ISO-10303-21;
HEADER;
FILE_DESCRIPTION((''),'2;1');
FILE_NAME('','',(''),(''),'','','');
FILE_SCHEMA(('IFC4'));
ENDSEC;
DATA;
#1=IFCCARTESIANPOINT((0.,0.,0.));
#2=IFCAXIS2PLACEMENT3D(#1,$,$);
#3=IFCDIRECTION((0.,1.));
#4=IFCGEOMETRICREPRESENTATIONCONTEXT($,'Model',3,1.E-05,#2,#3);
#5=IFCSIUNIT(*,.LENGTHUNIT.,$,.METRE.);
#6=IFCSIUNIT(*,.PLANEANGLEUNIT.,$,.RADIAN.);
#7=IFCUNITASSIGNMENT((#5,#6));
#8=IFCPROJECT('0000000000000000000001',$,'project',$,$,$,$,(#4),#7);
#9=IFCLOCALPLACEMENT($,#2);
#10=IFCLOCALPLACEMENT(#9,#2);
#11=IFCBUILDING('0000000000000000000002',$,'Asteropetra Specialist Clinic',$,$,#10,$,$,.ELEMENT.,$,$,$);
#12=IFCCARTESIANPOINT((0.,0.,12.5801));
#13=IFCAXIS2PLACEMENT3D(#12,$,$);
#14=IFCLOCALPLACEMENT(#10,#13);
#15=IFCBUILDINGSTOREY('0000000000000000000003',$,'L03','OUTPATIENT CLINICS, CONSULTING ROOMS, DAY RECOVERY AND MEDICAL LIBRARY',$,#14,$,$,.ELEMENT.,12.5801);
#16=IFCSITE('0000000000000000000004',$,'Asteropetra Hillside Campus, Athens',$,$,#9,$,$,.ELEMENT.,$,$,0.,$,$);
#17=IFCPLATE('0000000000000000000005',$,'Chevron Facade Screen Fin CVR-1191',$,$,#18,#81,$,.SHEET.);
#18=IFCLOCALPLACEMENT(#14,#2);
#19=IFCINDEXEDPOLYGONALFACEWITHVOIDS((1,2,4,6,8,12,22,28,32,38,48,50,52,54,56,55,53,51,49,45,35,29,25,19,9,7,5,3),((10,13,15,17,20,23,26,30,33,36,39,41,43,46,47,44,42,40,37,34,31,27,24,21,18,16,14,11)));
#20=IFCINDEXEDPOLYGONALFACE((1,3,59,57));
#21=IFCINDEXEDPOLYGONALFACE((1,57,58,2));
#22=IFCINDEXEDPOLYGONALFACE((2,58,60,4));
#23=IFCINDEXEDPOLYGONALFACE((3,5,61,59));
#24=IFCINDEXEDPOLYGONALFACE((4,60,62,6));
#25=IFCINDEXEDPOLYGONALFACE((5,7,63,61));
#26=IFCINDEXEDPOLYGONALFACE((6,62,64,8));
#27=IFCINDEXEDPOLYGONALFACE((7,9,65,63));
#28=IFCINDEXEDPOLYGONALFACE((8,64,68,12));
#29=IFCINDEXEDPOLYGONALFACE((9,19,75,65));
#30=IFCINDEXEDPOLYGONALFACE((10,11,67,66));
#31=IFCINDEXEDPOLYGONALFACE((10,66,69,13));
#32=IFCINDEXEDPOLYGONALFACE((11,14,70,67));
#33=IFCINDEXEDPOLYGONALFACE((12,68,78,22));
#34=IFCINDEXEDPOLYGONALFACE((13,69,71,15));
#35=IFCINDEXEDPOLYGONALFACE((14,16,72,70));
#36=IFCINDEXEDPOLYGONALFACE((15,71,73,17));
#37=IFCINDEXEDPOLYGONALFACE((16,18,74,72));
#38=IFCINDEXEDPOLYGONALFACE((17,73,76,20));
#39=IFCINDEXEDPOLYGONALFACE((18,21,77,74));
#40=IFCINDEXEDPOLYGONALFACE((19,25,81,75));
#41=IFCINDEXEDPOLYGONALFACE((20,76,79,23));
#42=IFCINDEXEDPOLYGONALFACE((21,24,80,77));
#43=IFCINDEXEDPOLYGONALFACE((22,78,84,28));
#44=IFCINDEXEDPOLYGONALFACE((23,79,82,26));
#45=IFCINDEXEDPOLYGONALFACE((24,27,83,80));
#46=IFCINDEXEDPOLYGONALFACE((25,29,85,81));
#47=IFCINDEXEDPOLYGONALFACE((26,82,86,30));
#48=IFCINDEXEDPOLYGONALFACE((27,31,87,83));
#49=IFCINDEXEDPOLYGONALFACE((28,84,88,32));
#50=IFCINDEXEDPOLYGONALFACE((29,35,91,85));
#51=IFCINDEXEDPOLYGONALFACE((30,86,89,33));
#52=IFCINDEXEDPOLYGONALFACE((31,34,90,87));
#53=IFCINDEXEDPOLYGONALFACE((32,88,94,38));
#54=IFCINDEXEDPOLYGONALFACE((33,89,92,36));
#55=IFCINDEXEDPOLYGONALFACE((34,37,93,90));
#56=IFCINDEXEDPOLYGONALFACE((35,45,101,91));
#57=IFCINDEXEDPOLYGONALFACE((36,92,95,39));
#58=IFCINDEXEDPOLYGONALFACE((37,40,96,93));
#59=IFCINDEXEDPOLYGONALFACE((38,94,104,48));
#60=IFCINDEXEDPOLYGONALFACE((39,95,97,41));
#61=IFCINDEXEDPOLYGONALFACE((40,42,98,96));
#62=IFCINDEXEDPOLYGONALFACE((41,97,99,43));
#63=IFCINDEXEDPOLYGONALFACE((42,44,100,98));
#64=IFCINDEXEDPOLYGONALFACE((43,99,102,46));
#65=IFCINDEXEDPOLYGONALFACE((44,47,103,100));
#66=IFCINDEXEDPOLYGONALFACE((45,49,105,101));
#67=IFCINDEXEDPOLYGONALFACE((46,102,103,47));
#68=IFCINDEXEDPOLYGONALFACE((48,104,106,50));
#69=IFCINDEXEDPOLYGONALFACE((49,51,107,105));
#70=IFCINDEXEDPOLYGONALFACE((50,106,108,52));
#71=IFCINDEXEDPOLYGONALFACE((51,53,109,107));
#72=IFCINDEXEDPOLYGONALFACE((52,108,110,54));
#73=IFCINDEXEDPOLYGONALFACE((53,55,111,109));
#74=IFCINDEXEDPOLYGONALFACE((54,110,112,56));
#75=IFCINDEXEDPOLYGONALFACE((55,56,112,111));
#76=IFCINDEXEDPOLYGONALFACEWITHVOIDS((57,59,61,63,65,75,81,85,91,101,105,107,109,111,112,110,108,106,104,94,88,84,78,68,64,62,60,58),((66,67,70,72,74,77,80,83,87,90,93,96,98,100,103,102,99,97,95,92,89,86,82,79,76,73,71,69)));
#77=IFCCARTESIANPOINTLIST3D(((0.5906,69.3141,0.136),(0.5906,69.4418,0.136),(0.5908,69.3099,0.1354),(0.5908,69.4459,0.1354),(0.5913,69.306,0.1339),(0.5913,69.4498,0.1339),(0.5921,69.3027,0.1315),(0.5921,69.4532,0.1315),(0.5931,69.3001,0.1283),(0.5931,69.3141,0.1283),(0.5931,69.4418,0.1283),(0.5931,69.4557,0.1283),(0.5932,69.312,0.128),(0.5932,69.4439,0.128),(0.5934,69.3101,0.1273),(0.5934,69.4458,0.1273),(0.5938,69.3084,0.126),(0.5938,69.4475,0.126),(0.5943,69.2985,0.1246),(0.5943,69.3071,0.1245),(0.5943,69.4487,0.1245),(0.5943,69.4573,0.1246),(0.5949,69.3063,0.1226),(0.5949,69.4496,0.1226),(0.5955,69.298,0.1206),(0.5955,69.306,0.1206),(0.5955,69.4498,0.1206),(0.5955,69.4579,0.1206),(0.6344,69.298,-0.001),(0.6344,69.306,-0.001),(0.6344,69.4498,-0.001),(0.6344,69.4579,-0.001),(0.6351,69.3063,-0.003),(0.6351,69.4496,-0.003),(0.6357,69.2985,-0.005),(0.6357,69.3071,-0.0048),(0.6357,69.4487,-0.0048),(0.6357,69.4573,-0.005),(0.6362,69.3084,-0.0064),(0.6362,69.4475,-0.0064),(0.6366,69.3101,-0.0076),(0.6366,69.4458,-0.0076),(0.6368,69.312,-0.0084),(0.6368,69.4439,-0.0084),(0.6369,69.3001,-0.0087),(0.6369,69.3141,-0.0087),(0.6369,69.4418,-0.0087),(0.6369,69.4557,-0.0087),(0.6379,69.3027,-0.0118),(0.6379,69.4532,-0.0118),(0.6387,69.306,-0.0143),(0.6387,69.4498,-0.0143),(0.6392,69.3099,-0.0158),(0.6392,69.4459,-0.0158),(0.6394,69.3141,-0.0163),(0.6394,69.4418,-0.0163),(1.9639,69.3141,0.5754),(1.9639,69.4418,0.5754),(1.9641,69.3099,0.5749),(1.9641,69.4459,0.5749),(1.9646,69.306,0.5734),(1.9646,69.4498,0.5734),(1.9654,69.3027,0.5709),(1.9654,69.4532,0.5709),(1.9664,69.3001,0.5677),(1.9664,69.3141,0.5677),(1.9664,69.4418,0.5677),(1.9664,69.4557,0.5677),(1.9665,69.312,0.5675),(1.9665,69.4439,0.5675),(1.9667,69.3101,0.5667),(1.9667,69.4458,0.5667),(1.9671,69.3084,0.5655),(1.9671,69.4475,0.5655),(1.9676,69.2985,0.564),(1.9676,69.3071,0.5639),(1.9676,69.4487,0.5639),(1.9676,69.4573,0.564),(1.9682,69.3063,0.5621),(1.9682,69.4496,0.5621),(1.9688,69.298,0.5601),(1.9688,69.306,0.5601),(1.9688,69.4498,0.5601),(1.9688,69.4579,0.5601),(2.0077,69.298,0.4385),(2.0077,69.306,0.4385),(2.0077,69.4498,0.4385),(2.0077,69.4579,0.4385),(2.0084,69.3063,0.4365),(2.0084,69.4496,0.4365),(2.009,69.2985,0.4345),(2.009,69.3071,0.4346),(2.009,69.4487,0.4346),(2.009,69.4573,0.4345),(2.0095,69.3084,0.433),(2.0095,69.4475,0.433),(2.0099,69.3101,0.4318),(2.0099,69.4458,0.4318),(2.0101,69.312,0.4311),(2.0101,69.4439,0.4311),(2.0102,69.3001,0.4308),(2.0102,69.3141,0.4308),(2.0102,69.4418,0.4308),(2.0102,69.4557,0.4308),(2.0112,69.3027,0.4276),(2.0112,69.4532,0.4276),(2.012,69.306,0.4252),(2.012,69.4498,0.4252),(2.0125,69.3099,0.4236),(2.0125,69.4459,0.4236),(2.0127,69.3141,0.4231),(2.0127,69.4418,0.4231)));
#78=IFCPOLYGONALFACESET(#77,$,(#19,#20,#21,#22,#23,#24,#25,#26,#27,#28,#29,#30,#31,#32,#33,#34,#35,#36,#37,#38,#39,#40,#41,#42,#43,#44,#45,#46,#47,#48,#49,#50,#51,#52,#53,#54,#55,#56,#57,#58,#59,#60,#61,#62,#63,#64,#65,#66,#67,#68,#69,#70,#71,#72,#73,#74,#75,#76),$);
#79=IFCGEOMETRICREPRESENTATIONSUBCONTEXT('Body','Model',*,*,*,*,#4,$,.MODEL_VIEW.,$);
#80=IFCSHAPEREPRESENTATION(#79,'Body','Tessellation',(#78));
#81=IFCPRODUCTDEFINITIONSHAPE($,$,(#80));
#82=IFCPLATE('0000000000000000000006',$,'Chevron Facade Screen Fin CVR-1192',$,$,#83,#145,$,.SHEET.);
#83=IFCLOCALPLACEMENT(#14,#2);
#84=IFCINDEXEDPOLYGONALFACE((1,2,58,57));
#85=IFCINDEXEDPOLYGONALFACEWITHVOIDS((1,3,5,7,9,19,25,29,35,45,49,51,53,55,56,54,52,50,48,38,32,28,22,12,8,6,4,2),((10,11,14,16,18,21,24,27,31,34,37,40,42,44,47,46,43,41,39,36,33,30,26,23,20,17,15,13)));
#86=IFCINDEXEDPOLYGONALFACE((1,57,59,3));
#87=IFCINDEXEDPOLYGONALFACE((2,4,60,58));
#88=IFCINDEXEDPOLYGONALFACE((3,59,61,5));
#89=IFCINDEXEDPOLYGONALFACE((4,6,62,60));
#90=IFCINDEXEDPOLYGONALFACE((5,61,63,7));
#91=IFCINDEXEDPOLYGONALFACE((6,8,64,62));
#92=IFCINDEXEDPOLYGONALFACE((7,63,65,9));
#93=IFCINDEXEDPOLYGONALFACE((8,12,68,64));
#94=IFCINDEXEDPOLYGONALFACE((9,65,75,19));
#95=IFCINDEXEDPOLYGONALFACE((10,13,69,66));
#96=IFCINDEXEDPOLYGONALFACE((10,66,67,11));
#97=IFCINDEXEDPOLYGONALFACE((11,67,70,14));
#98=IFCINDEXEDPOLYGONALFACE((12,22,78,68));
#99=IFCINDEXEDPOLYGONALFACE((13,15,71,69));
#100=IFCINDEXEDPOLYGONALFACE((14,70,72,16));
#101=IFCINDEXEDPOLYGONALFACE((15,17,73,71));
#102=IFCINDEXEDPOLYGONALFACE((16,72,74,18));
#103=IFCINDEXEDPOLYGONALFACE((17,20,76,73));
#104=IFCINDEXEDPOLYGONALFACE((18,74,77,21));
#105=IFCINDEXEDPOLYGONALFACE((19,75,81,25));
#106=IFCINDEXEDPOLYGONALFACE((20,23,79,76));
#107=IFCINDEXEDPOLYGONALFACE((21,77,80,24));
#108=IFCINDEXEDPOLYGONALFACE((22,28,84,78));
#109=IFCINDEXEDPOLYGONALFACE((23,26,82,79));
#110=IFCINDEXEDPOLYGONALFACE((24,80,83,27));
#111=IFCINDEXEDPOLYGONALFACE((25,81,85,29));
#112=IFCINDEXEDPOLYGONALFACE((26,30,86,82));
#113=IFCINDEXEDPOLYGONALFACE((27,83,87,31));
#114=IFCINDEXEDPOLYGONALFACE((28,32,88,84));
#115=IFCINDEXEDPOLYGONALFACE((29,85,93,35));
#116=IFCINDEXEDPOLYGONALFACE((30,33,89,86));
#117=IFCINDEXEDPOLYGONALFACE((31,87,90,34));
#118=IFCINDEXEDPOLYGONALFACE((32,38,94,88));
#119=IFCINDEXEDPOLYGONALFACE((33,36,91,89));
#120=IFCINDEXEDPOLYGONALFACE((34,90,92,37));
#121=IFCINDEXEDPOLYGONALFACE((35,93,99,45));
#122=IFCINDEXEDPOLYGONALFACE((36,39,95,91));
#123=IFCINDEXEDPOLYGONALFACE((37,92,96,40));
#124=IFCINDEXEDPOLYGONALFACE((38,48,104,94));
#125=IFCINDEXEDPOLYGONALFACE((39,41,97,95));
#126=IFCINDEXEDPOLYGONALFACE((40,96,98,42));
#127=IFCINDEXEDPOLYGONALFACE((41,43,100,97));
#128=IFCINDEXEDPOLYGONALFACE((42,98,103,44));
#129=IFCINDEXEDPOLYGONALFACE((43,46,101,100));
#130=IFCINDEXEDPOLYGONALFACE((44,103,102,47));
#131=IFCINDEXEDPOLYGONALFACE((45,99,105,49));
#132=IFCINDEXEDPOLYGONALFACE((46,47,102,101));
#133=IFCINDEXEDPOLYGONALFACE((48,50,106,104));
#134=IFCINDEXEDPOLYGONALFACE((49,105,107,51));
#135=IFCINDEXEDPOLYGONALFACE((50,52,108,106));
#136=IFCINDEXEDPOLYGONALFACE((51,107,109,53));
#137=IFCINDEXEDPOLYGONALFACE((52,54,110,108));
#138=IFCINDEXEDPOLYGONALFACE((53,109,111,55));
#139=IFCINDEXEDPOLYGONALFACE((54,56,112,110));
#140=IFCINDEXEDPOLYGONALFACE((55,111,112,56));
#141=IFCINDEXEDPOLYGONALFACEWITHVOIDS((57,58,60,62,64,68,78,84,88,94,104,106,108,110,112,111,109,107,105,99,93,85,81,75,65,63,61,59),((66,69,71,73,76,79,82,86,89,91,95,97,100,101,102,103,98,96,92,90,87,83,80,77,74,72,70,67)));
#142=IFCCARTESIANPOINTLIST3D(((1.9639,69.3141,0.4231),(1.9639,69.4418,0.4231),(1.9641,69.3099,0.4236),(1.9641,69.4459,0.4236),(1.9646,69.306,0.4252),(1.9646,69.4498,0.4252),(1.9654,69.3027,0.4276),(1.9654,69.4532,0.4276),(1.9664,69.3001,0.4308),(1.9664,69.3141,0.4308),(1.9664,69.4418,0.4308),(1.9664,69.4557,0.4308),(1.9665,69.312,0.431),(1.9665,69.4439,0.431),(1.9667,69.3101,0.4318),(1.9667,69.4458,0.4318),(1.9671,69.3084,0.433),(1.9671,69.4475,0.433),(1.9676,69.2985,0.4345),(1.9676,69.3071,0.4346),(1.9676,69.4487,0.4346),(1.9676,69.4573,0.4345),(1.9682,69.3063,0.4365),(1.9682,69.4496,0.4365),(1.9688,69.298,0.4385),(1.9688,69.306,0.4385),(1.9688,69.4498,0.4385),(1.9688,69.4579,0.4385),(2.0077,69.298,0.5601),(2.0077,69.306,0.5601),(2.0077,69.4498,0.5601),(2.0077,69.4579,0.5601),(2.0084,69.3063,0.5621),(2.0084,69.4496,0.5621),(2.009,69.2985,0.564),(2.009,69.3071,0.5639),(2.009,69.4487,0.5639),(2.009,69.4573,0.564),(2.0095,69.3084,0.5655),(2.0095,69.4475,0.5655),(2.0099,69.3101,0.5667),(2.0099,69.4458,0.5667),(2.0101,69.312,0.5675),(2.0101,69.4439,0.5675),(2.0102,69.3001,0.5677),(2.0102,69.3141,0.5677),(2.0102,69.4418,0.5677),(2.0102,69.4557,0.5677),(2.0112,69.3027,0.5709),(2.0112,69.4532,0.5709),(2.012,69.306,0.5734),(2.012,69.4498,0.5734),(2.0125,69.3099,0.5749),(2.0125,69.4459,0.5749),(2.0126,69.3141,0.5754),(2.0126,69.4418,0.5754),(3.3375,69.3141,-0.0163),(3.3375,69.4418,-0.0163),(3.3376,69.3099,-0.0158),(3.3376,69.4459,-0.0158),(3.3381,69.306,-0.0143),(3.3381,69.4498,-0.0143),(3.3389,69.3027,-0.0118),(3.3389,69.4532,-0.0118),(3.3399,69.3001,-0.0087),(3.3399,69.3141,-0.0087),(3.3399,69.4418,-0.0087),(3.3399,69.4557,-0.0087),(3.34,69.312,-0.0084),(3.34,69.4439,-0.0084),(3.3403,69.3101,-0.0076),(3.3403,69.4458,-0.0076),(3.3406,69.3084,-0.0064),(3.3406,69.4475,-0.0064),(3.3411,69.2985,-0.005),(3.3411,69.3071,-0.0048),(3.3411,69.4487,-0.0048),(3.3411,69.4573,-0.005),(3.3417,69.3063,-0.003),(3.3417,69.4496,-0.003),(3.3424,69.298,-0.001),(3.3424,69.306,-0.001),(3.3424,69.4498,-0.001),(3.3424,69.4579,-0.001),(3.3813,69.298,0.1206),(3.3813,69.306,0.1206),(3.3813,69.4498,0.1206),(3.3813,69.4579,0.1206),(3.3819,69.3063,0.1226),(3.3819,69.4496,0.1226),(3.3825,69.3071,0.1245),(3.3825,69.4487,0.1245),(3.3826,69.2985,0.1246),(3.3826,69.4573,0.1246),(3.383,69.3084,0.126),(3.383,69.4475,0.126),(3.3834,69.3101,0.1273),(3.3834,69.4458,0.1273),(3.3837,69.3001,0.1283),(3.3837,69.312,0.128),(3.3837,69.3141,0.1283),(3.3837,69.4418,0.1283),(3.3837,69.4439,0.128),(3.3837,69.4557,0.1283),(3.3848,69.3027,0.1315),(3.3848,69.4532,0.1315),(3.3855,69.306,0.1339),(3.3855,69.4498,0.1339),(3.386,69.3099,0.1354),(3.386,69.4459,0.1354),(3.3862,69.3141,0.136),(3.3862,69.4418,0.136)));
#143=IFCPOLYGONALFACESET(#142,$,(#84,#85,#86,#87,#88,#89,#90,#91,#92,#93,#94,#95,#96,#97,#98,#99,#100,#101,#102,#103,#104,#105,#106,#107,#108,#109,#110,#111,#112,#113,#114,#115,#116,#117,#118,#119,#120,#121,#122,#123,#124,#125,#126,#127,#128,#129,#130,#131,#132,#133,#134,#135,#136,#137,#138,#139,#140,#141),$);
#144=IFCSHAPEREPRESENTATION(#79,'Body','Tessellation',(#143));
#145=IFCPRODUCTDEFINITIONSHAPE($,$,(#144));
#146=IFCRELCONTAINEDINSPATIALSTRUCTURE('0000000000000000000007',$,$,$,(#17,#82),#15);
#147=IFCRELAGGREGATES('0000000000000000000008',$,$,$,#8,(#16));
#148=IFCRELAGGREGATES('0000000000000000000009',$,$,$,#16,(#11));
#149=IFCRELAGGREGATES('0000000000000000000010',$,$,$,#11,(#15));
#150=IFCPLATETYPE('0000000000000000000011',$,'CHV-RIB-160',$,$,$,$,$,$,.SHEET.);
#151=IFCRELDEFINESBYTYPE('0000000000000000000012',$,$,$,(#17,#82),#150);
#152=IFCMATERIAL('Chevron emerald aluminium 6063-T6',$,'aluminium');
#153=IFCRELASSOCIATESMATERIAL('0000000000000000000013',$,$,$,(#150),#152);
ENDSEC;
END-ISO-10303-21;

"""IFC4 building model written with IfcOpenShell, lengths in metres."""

from ifc_helpers import new_model, si_unit, direction, frame, origin, origin_2d, place, context, subcontext, project, spatial, hollow_rectangle, extrude, material, material_profile, profile_set, type_object, element, save


model = new_model("IFC4")

# Units and contexts
model_context = context("Model", 3, precision=1e-05, world=origin(), true_north=direction((0.0, 1.0)))
body_context = subcontext(model_context, "Body", "Model", "MODEL_VIEW")
ifc_project = project(units=[si_unit("LENGTHUNIT", "METRE"), si_unit("PLANEANGLEUNIT", "RADIAN")], contexts=[model_context])

# Site, building, storey
site_placement = place(None, origin())
site = spatial("IfcSite", under=ifc_project, at=site_placement, Name="Asteropetra Hillside Campus, Athens", CompositionType="ELEMENT", RefElevation=0.0)
building_placement = place(site_placement, origin())
building = spatial("IfcBuilding", under=site, at=building_placement, Name="Asteropetra Specialist Clinic", CompositionType="ELEMENT")
storey_placement = place(building_placement, frame((0.0, 0.0, 12.5801)))
storey = spatial("IfcBuildingStorey", under=building, at=storey_placement, Name="L03", Description="OUTPATIENT CLINICS, CONSULTING ROOMS, DAY RECOVERY AND MEDICAL LIBRARY", CompositionType="ELEMENT", Elevation=12.5801)

# Plates
ifc_material_1 = material(Name="Chevron emerald aluminium 6063-T6", Category="aluminium")
ifc_material_profile = material_profile(ifc_material_1, hollow_rectangle(XDim=0.1599, YDim=0.1599, WallThickness=0.0081, InnerFilletRadius=0.0081, OuterFilletRadius=0.0161, at=origin_2d()), Name="SHS 160x160x8.0")
ifc_profile_set = profile_set([ifc_material_profile], Name="Chevron emerald aluminium 6063-T6")
plate_type_1 = type_object("IfcPlateType", Name="CHV-RIB-160", PredefinedType="SHEET", material=ifc_profile_set)
plate_1_placement = place(storey_placement, frame((0.615, 69.3779, 0.0598), z_axis=(0.952424, 0.0, 0.304776), x_axis=(0.0, 1.0, 0.0)))
element("IfcPlate", 1, at=plate_1_placement, inside=storey, type_object=plate_type_1, Name="Chevron Facade Screen Fin CVR-1191", PredefinedType="SHEET", context=body_context, shape_type="SweptSolid", body=[
    extrude(hollow_rectangle(XDim=0.1599, YDim=0.1599, WallThickness=0.0081, InnerFilletRadius=0.0081, OuterFilletRadius=0.0161, at=origin_2d()), origin(), (0.0, 0.0, 1.0), 1.4419),
])
plate_2_placement = place(storey_placement, frame((1.9883, 69.3779, 0.4993), z_axis=(0.95244, 0.0, -0.304727), x_axis=(0.0, 1.0, 0.0)))
element("IfcPlate", 2, at=plate_2_placement, inside=storey, type_object=plate_type_1, Name="Chevron Facade Screen Fin CVR-1192", PredefinedType="SHEET", context=body_context, shape_type="SweptSolid", body=[
    extrude(hollow_rectangle(XDim=0.1599, YDim=0.1599, WallThickness=0.0081, InnerFilletRadius=0.0081, OuterFilletRadius=0.0161, at=origin_2d()), origin(), (0.0, 0.0, 1.0), 1.4421),
])

save(model, "model.ifc")
